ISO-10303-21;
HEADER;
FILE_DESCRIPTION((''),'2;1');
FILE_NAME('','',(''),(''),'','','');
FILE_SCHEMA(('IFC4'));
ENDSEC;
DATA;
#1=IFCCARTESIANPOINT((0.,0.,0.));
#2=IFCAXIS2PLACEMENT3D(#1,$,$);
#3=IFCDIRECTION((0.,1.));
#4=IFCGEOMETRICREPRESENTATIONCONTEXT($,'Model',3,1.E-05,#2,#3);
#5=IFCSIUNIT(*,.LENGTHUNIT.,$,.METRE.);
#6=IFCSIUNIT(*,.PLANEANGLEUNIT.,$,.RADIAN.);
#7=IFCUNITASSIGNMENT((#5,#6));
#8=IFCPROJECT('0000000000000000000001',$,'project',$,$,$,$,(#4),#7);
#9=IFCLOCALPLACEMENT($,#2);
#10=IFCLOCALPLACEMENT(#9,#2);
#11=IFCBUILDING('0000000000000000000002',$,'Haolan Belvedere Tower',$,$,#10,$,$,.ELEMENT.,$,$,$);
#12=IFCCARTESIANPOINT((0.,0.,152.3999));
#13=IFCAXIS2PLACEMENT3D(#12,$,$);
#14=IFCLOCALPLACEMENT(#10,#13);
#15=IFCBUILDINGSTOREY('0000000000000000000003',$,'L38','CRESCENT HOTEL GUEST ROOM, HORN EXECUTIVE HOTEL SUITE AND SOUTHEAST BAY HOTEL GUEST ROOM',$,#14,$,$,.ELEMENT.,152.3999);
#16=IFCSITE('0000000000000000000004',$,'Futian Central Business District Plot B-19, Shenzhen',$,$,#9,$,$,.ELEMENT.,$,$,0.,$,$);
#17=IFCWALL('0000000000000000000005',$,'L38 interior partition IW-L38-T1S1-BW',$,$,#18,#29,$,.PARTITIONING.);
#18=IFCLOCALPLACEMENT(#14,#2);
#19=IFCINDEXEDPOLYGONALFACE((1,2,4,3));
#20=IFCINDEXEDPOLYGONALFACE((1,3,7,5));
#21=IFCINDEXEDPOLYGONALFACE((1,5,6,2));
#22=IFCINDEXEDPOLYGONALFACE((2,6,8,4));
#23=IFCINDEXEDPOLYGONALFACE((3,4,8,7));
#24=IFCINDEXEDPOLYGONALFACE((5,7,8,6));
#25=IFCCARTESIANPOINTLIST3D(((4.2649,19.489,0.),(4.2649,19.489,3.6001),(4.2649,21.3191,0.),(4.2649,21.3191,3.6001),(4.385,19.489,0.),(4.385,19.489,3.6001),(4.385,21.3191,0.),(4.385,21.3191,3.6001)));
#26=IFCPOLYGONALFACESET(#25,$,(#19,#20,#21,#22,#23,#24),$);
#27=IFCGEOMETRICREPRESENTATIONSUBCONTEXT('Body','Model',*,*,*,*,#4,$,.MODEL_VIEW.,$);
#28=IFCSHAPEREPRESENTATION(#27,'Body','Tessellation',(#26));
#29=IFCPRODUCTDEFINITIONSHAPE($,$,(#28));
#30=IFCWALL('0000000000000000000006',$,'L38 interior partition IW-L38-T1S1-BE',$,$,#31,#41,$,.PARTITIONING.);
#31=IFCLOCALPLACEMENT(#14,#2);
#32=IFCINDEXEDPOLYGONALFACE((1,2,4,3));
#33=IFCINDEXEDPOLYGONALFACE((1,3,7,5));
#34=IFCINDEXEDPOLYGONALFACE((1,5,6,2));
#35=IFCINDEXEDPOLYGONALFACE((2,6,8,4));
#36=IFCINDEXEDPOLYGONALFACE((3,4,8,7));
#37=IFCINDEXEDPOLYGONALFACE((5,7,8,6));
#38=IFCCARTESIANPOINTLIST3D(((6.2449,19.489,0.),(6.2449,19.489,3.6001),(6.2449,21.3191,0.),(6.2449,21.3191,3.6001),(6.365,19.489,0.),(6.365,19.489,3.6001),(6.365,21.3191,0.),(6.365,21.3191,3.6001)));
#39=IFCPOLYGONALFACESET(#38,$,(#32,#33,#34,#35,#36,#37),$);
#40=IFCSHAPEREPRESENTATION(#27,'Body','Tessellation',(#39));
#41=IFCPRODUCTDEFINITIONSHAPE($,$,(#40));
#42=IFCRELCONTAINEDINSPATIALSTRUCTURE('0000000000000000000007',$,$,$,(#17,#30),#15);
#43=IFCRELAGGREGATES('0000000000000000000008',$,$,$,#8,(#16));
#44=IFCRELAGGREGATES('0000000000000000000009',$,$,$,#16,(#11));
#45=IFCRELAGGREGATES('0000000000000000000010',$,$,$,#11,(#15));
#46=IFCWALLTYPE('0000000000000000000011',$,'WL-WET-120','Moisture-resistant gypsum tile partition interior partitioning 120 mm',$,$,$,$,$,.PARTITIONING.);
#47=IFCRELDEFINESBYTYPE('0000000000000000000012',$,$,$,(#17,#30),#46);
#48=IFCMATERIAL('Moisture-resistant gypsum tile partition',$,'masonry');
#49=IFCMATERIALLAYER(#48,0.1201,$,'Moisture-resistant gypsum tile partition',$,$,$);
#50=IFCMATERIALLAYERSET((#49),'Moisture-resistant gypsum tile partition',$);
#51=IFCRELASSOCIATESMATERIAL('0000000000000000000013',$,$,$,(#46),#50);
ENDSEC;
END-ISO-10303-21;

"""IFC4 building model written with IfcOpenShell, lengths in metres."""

from ifc_helpers import new_model, si_unit, direction, frame, frame_2d, origin, place, context, subcontext, project, spatial, rectangle, extrude, material, layer, layer_set, type_object, element, save


model = new_model("IFC4")

# Units and contexts
model_context = context("Model", 3, precision=1e-05, world=origin(), true_north=direction((0.0, 1.0)))
body_context = subcontext(model_context, "Body", "Model", "MODEL_VIEW")
ifc_project = project(units=[si_unit("LENGTHUNIT", "METRE"), si_unit("PLANEANGLEUNIT", "RADIAN")], contexts=[model_context])

# Site, building, storey
site_placement = place(None, origin())
site = spatial("IfcSite", under=ifc_project, at=site_placement, Name="Futian Central Business District Plot B-19, Shenzhen", CompositionType="ELEMENT", RefElevation=0.0)
building_placement = place(site_placement, origin())
building = spatial("IfcBuilding", under=site, at=building_placement, Name="Haolan Belvedere Tower", CompositionType="ELEMENT")
storey_placement = place(building_placement, frame((0.0, 0.0, 152.3999)))
storey = spatial("IfcBuildingStorey", under=building, at=storey_placement, Name="L38", Description="CRESCENT HOTEL GUEST ROOM, HORN EXECUTIVE HOTEL SUITE AND SOUTHEAST BAY HOTEL GUEST ROOM", CompositionType="ELEMENT", Elevation=152.3999)

# Shared definitions
ifc_material_1 = material(Name="Moisture-resistant gypsum tile partition", Category="masonry")
ifc_layer_1 = layer(ifc_material_1, 0.1201, Name="Moisture-resistant gypsum tile partition")
ifc_layer_set_1 = layer_set([ifc_layer_1], Name="Moisture-resistant gypsum tile partition")
wall_type_1 = type_object("IfcWallType", Name="WL-WET-120", Description="Moisture-resistant gypsum tile partition interior partitioning 120 mm", PredefinedType="PARTITIONING", material=ifc_layer_set_1)

# Walls
for number, where, z_axis, x_axis, name in (
    (1, (4.325, 19.489, 0.0), (0.0, 0.0, 1.0), (0.0, 1.0, 0.0), "L38 interior partition IW-L38-T1S1-BW"),
    (2, (6.3049, 19.489, 0.0), (0.0, 0.0, 1.0), (0.0, 1.0, 0.0), "L38 interior partition IW-L38-T1S1-BE"),
):
    element("IfcWall", number, at=place(storey_placement, frame(where, z_axis=z_axis, x_axis=x_axis)), inside=storey, type_object=wall_type_1, Name=name, PredefinedType="PARTITIONING", context=body_context, shape_type="SweptSolid", body=[
        extrude(rectangle(XDim=1.8301, YDim=0.1201, at=frame_2d((0.915, 0.0))), origin(), (0.0, 0.0, 1.0), 3.6001),
    ])

save(model, "model.ifc")
